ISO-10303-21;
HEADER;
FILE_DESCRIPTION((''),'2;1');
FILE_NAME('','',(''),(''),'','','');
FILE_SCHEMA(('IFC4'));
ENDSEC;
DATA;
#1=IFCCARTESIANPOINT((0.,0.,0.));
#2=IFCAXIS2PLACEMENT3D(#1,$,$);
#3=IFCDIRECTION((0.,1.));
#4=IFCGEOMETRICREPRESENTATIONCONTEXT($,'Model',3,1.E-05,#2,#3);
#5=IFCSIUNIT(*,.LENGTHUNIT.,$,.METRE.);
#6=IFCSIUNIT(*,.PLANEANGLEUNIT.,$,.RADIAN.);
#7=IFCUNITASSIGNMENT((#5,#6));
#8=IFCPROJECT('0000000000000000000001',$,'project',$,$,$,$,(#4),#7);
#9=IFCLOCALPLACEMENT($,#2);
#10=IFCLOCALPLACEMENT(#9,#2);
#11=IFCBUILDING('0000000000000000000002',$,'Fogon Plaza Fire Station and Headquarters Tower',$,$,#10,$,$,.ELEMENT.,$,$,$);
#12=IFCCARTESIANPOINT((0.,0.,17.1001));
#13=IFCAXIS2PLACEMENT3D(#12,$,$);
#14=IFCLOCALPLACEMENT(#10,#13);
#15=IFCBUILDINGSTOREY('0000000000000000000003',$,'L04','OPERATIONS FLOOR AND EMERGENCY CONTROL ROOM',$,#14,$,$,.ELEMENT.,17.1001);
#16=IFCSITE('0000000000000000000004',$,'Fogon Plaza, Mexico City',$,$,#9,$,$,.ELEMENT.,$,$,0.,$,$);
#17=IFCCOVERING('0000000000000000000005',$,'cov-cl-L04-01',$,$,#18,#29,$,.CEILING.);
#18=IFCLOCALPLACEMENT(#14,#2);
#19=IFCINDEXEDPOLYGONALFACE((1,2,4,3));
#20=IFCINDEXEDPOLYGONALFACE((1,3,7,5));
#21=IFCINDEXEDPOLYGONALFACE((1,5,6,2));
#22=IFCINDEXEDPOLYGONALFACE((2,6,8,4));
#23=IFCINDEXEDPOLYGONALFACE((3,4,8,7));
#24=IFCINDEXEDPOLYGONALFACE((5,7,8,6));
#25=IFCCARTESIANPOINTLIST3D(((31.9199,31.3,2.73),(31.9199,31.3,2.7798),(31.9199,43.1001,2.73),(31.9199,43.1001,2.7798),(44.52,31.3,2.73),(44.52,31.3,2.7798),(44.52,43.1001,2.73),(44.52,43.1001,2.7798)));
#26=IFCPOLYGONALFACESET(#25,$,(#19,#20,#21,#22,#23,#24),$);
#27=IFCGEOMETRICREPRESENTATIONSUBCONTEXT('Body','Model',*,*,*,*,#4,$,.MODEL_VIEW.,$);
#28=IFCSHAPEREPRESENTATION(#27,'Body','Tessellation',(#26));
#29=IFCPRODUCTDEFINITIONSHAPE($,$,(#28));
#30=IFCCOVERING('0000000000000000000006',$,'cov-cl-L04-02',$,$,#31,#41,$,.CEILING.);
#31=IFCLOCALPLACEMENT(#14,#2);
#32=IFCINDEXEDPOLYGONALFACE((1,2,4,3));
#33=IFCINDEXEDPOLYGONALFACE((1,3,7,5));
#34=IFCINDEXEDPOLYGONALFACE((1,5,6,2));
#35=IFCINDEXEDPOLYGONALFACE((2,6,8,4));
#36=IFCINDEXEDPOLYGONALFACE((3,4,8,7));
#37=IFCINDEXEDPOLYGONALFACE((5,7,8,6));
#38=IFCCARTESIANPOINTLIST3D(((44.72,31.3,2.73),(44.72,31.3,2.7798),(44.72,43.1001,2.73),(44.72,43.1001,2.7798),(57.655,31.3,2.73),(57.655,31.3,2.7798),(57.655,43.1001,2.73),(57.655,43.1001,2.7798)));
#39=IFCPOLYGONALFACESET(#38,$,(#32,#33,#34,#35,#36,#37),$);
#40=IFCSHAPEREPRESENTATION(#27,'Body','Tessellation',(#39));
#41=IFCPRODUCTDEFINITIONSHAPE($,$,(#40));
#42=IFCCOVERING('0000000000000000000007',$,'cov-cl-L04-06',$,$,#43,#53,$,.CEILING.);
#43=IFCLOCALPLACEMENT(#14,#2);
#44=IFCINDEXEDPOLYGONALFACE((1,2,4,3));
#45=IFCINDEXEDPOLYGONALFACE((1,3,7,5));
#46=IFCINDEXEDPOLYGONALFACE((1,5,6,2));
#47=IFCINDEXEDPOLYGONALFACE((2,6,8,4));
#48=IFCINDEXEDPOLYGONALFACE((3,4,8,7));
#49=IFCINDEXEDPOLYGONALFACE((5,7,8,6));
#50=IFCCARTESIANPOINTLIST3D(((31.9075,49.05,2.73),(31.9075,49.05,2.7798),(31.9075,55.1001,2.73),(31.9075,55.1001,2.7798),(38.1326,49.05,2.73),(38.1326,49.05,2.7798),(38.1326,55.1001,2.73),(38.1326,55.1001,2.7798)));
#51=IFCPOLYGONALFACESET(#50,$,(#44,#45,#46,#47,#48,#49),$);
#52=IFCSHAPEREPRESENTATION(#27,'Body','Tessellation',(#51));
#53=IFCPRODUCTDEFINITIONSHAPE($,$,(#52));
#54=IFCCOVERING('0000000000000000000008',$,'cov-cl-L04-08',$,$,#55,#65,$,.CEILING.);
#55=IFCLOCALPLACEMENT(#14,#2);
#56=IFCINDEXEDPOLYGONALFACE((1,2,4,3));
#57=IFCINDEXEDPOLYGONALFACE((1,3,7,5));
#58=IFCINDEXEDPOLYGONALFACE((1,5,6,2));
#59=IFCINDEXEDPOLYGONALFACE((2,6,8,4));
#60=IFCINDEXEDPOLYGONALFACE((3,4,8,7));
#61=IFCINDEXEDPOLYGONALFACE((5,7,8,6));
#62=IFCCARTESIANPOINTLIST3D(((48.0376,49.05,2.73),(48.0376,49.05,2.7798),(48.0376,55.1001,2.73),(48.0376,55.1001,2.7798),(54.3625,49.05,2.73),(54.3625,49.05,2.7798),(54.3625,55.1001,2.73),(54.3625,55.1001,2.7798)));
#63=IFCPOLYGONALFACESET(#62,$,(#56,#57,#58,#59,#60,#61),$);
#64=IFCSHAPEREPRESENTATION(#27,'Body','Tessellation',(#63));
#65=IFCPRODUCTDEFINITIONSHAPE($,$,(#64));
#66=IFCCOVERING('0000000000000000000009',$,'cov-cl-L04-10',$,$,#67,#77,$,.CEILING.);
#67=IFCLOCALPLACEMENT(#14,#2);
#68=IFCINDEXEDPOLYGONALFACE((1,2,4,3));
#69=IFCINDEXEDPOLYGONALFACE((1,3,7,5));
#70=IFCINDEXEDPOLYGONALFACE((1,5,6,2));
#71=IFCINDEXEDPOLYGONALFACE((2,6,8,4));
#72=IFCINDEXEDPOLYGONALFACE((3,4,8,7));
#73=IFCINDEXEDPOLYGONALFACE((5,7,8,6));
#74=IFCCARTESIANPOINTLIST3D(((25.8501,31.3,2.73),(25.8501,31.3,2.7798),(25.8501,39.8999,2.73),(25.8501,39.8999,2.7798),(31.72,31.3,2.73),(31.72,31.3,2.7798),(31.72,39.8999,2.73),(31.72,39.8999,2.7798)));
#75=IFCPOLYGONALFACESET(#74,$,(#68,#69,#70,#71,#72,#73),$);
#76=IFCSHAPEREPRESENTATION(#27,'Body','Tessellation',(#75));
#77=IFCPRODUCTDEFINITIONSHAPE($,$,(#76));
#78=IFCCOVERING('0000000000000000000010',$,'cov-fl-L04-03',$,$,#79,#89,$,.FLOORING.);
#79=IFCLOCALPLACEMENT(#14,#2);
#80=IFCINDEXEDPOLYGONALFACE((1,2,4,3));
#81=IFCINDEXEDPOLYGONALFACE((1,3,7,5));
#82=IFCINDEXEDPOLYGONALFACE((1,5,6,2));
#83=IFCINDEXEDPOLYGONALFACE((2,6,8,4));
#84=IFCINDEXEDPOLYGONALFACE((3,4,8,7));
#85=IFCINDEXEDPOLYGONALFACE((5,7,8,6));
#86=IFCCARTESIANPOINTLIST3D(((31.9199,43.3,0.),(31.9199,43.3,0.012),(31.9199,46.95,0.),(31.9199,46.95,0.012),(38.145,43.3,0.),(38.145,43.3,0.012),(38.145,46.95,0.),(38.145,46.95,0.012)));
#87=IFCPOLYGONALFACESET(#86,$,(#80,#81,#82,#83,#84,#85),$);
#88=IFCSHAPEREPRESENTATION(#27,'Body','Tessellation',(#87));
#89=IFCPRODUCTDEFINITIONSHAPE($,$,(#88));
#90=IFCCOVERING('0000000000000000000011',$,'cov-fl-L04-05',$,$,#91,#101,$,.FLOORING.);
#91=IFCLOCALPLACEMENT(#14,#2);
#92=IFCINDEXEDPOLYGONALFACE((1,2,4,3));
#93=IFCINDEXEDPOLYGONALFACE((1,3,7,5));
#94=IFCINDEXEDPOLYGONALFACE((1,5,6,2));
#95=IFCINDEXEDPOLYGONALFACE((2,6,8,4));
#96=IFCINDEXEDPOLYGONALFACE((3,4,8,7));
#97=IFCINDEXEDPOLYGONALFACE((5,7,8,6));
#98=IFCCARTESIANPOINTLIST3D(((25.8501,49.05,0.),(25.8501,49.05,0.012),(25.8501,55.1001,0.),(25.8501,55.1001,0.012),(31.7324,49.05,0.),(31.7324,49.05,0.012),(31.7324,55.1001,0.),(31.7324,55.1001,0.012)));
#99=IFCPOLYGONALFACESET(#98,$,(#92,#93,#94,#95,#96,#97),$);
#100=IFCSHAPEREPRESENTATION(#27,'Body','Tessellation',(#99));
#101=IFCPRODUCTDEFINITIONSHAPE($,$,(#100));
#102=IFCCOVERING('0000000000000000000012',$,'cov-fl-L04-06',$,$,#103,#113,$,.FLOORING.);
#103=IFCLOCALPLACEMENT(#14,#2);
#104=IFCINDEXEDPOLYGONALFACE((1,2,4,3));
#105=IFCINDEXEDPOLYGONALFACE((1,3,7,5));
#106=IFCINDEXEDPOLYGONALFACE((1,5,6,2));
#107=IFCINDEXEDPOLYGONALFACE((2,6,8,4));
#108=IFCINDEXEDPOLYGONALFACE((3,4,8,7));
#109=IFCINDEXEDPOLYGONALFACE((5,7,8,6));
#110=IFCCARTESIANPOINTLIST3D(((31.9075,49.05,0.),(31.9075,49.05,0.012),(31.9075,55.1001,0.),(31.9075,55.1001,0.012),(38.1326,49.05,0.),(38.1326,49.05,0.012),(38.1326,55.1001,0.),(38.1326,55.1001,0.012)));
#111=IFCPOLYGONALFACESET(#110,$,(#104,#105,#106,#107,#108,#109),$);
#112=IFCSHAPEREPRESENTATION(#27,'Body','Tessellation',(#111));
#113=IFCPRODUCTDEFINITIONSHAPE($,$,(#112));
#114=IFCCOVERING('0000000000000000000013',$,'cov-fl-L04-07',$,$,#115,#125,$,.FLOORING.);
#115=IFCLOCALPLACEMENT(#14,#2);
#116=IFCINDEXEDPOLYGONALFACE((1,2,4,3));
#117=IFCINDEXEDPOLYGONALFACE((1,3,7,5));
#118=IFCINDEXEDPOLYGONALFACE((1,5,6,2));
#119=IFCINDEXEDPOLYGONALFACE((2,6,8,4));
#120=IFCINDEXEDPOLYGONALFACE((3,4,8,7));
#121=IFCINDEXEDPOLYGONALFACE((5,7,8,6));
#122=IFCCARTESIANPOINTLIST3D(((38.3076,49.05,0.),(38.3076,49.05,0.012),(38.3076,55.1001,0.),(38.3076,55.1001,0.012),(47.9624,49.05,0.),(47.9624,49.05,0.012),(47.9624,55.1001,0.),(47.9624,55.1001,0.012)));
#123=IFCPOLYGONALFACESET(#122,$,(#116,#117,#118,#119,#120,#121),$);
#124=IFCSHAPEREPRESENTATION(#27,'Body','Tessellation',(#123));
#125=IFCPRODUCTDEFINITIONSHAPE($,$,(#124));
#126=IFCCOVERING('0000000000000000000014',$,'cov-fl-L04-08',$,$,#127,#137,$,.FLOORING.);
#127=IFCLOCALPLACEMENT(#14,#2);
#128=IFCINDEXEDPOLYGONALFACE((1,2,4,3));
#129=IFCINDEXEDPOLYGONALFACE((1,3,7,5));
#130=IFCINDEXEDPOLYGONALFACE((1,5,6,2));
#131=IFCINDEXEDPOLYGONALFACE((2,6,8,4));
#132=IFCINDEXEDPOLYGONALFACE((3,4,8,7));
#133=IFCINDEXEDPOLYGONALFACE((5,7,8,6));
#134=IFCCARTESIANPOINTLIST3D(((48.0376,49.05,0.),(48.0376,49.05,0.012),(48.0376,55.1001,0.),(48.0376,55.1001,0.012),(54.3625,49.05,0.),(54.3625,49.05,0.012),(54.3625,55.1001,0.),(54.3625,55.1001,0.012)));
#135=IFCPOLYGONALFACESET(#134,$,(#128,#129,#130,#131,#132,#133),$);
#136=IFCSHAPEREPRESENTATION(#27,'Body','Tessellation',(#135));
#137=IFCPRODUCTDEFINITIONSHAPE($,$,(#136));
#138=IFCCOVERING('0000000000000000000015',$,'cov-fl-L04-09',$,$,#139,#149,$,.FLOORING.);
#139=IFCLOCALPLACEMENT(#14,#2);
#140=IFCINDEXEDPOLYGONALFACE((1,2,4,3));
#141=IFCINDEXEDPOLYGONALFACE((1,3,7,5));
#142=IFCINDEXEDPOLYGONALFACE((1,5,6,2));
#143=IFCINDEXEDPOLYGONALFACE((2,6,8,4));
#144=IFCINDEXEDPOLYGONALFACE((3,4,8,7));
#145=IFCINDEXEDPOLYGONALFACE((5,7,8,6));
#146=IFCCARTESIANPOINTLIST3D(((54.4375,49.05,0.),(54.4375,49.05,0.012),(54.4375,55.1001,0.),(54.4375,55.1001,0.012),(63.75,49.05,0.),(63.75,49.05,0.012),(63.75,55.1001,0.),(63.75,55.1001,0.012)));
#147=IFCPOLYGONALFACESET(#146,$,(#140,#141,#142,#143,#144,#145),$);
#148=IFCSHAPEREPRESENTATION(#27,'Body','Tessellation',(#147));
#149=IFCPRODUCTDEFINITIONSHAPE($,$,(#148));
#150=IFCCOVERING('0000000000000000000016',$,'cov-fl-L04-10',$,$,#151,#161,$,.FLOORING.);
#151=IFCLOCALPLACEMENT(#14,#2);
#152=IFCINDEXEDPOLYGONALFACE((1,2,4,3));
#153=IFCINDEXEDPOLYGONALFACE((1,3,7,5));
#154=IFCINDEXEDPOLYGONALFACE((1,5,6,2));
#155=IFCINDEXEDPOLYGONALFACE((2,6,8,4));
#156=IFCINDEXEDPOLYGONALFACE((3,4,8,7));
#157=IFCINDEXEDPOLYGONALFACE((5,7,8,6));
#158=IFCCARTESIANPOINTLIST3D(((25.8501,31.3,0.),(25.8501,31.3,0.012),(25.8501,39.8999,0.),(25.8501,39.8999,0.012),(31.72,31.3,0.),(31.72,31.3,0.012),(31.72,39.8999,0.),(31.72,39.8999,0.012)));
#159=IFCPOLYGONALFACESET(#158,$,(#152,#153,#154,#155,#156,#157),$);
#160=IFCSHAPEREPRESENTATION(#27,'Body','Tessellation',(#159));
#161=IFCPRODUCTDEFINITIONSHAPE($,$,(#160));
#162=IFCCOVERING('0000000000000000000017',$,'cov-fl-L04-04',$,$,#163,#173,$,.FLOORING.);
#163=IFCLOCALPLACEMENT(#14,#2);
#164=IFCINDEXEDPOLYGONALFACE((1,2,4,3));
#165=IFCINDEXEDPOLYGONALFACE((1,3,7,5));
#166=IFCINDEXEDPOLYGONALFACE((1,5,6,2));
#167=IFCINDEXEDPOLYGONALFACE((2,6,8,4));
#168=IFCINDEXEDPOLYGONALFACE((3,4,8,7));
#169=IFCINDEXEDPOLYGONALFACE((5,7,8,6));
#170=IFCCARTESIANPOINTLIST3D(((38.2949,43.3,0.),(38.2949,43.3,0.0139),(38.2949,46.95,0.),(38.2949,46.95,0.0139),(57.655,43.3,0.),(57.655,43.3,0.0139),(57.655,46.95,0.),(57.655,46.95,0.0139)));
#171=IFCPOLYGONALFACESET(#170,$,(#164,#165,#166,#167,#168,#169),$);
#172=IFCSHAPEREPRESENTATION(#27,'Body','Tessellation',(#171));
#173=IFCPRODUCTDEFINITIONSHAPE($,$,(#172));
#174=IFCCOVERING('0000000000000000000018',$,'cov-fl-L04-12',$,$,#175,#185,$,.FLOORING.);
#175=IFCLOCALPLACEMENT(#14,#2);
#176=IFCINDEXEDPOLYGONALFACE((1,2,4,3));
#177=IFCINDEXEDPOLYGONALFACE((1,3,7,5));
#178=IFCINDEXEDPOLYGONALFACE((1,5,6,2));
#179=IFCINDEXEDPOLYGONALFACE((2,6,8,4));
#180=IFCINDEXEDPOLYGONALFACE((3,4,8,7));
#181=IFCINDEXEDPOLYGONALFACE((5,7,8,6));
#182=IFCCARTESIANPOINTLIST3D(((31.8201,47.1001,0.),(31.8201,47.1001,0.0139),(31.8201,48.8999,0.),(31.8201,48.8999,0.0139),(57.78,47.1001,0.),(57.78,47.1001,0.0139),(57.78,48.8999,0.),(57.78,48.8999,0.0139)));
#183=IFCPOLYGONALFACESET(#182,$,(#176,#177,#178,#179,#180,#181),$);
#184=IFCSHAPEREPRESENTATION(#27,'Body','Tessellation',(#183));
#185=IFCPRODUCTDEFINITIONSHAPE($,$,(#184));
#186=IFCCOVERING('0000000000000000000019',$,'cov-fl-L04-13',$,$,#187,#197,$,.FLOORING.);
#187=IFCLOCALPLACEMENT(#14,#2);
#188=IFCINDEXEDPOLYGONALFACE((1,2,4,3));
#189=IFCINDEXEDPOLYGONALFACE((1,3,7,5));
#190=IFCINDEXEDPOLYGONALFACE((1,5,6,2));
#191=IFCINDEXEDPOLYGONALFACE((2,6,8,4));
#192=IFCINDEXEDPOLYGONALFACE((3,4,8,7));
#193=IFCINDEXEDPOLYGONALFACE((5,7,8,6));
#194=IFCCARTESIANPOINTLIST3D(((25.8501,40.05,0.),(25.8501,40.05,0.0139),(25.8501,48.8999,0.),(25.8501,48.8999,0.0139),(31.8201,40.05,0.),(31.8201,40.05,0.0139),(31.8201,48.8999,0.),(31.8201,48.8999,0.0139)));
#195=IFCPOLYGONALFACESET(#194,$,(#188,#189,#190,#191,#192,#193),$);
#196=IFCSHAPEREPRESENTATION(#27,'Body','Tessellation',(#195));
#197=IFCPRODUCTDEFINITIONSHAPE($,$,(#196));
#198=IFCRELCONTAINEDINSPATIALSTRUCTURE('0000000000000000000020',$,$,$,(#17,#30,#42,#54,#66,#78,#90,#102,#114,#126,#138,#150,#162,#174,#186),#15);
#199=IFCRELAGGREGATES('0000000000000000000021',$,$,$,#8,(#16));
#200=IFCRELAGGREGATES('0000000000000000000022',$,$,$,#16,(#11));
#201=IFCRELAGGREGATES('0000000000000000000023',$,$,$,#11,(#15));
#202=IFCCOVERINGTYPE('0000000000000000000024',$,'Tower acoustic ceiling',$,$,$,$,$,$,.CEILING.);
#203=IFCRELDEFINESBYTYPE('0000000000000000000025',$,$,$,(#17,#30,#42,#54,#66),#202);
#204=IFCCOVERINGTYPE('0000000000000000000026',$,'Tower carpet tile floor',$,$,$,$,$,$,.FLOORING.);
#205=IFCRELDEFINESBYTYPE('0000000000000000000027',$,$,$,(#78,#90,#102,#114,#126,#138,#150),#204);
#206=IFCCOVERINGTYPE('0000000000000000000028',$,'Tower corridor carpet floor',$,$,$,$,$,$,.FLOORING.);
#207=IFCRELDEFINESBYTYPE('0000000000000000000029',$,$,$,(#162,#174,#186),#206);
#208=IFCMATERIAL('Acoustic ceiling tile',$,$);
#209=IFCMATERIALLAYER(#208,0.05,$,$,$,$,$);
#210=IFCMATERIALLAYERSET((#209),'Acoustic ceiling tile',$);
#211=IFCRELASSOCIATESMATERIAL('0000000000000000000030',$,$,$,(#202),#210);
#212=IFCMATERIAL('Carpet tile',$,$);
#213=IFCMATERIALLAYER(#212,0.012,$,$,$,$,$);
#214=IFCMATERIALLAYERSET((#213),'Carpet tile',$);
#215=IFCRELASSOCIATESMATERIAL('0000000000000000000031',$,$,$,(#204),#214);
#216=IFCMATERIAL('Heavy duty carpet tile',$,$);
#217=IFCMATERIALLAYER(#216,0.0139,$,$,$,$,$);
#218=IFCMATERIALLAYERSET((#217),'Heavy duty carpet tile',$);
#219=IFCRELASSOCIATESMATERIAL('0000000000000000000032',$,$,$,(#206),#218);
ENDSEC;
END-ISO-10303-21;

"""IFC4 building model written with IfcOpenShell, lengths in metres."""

from ifc_helpers import new_model, si_unit, direction, frame, origin, place, context, subcontext, project, spatial, polyline, outline, extrude, material, layer, layer_set, type_object, element, save


model = new_model("IFC4")

# Units and contexts
model_context = context("Model", 3, precision=1e-05, world=origin(), true_north=direction((0.0, 1.0)))
body_context = subcontext(model_context, "Body", "Model", "MODEL_VIEW")
ifc_project = project(units=[si_unit("LENGTHUNIT", "METRE"), si_unit("PLANEANGLEUNIT", "RADIAN")], contexts=[model_context])

# Site, building, storey
site_placement = place(None, origin())
site = spatial("IfcSite", under=ifc_project, at=site_placement, Name="Fogon Plaza, Mexico City", CompositionType="ELEMENT", RefElevation=0.0)
building_placement = place(site_placement, origin())
building = spatial("IfcBuilding", under=site, at=building_placement, Name="Fogon Plaza Fire Station and Headquarters Tower", CompositionType="ELEMENT")
storey_placement = place(building_placement, frame((0.0, 0.0, 17.1001)))
storey = spatial("IfcBuildingStorey", under=building, at=storey_placement, Name="L04", Description="OPERATIONS FLOOR AND EMERGENCY CONTROL ROOM", CompositionType="ELEMENT", Elevation=17.1001)

# Coverings
ifc_material_1 = material(Name="Acoustic ceiling tile")
ifc_layer_1 = layer(ifc_material_1, 0.05)
ifc_layer_set_1 = layer_set([ifc_layer_1], Name="Acoustic ceiling tile")
covering_type_1 = type_object("IfcCoveringType", Name="Tower acoustic ceiling", PredefinedType="CEILING", material=ifc_layer_set_1)
covering_1_placement = place(storey_placement, frame((0.0, 0.0, 2.73)))
element("IfcCovering", 1, at=covering_1_placement, inside=storey, type_object=covering_type_1, Name="cov-cl-L04-01", PredefinedType="CEILING", context=body_context, shape_type="SweptSolid", body=[
    extrude(outline(polyline([(44.52, 31.3), (44.52, 43.1001), (31.9199, 43.1001), (31.9199, 31.3), (44.52, 31.3)])), origin(), (0.0, 0.0, 1.0), 0.0498),
])
covering_2_placement = place(storey_placement, frame((0.0, 0.0, 2.73)))
element("IfcCovering", 2, at=covering_2_placement, inside=storey, type_object=covering_type_1, Name="cov-cl-L04-02", PredefinedType="CEILING", context=body_context, shape_type="SweptSolid", body=[
    extrude(outline(polyline([(57.655, 31.3), (57.655, 43.1001), (44.72, 43.1001), (44.72, 31.3), (57.655, 31.3)])), origin(), (0.0, 0.0, 1.0), 0.0498),
])
covering_3_placement = place(storey_placement, frame((0.0, 0.0, 2.73)))
element("IfcCovering", 3, at=covering_3_placement, inside=storey, type_object=covering_type_1, Name="cov-cl-L04-06", PredefinedType="CEILING", context=body_context, shape_type="SweptSolid", body=[
    extrude(outline(polyline([(38.1326, 49.05), (38.1326, 55.1001), (31.9075, 55.1001), (31.9075, 49.05), (38.1326, 49.05)])), origin(), (0.0, 0.0, 1.0), 0.0498),
])
covering_4_placement = place(storey_placement, frame((0.0, 0.0, 2.73)))
element("IfcCovering", 4, at=covering_4_placement, inside=storey, type_object=covering_type_1, Name="cov-cl-L04-08", PredefinedType="CEILING", context=body_context, shape_type="SweptSolid", body=[
    extrude(outline(polyline([(54.3625, 49.05), (54.3625, 55.1001), (48.0376, 55.1001), (48.0376, 49.05), (54.3625, 49.05)])), origin(), (0.0, 0.0, 1.0), 0.0498),
])
covering_5_placement = place(storey_placement, frame((0.0, 0.0, 2.73)))
element("IfcCovering", 5, at=covering_5_placement, inside=storey, type_object=covering_type_1, Name="cov-cl-L04-10", PredefinedType="CEILING", context=body_context, shape_type="SweptSolid", body=[
    extrude(outline(polyline([(31.72, 31.3), (31.72, 39.8999), (25.8501, 39.8999), (25.8501, 31.3), (31.72, 31.3)])), origin(), (0.0, 0.0, 1.0), 0.0498),
])
ifc_material_2 = material(Name="Carpet tile")
ifc_layer_2 = layer(ifc_material_2, 0.012)
ifc_layer_set_2 = layer_set([ifc_layer_2], Name="Carpet tile")
covering_type_2 = type_object("IfcCoveringType", Name="Tower carpet tile floor", PredefinedType="FLOORING", material=ifc_layer_set_2)
covering_6_placement = place(storey_placement, origin())
element("IfcCovering", 6, at=covering_6_placement, inside=storey, type_object=covering_type_2, Name="cov-fl-L04-03", PredefinedType="FLOORING", context=body_context, shape_type="SweptSolid", body=[
    extrude(outline(polyline([(38.145, 43.3), (38.145, 46.95), (31.9199, 46.95), (31.9199, 43.3), (38.145, 43.3)])), origin(), (0.0, 0.0, 1.0), 0.012),
])
covering_7_placement = place(storey_placement, origin())
element("IfcCovering", 7, at=covering_7_placement, inside=storey, type_object=covering_type_2, Name="cov-fl-L04-05", PredefinedType="FLOORING", context=body_context, shape_type="SweptSolid", body=[
    extrude(outline(polyline([(31.7324, 49.05), (31.7324, 55.1001), (25.8501, 55.1001), (25.8501, 49.05), (31.7324, 49.05)])), origin(), (0.0, 0.0, 1.0), 0.012),
])
covering_8_placement = place(storey_placement, origin())
element("IfcCovering", 8, at=covering_8_placement, inside=storey, type_object=covering_type_2, Name="cov-fl-L04-06", PredefinedType="FLOORING", context=body_context, shape_type="SweptSolid", body=[
    extrude(outline(polyline([(38.1326, 49.05), (38.1326, 55.1001), (31.9075, 55.1001), (31.9075, 49.05), (38.1326, 49.05)])), origin(), (0.0, 0.0, 1.0), 0.012),
])
covering_9_placement = place(storey_placement, origin())
element("IfcCovering", 9, at=covering_9_placement, inside=storey, type_object=covering_type_2, Name="cov-fl-L04-07", PredefinedType="FLOORING", context=body_context, shape_type="SweptSolid", body=[
    extrude(outline(polyline([(47.9624, 49.05), (47.9624, 55.1001), (38.3076, 55.1001), (38.3076, 49.05), (47.9624, 49.05)])), origin(), (0.0, 0.0, 1.0), 0.012),
])
covering_10_placement = place(storey_placement, origin())
element("IfcCovering", 10, at=covering_10_placement, inside=storey, type_object=covering_type_2, Name="cov-fl-L04-08", PredefinedType="FLOORING", context=body_context, shape_type="SweptSolid", body=[
    extrude(outline(polyline([(54.3625, 49.05), (54.3625, 55.1001), (48.0376, 55.1001), (48.0376, 49.05), (54.3625, 49.05)])), origin(), (0.0, 0.0, 1.0), 0.012),
])
covering_11_placement = place(storey_placement, origin())
element("IfcCovering", 11, at=covering_11_placement, inside=storey, type_object=covering_type_2, Name="cov-fl-L04-09", PredefinedType="FLOORING", context=body_context, shape_type="SweptSolid", body=[
    extrude(outline(polyline([(63.75, 49.05), (63.75, 55.1001), (54.4375, 55.1001), (54.4375, 49.05), (63.75, 49.05)])), origin(), (0.0, 0.0, 1.0), 0.012),
])
covering_12_placement = place(storey_placement, origin())
element("IfcCovering", 12, at=covering_12_placement, inside=storey, type_object=covering_type_2, Name="cov-fl-L04-10", PredefinedType="FLOORING", context=body_context, shape_type="SweptSolid", body=[
    extrude(outline(polyline([(31.72, 31.3), (31.72, 39.8999), (25.8501, 39.8999), (25.8501, 31.3), (31.72, 31.3)])), origin(), (0.0, 0.0, 1.0), 0.012),
])
ifc_material_3 = material(Name="Heavy duty carpet tile")
ifc_layer_3 = layer(ifc_material_3, 0.0139)
ifc_layer_set_3 = layer_set([ifc_layer_3], Name="Heavy duty carpet tile")
covering_type_3 = type_object("IfcCoveringType", Name="Tower corridor carpet floor", PredefinedType="FLOORING", material=ifc_layer_set_3)
covering_13_placement = place(storey_placement, origin())
element("IfcCovering", 13, at=covering_13_placement, inside=storey, type_object=covering_type_3, Name="cov-fl-L04-04", PredefinedType="FLOORING", context=body_context, shape_type="SweptSolid", body=[
    extrude(outline(polyline([(57.655, 43.3), (57.655, 46.95), (38.2949, 46.95), (38.2949, 43.3), (57.655, 43.3)])), origin(), (0.0, 0.0, 1.0), 0.0139),
])
covering_14_placement = place(storey_placement, origin())
element("IfcCovering", 14, at=covering_14_placement, inside=storey, type_object=covering_type_3, Name="cov-fl-L04-12", PredefinedType="FLOORING", context=body_context, shape_type="SweptSolid", body=[
    extrude(outline(polyline([(57.78, 47.1001), (57.78, 48.8999), (31.8201, 48.8999), (31.8201, 47.1001), (57.78, 47.1001)])), origin(), (0.0, 0.0, 1.0), 0.0139),
])
covering_15_placement = place(storey_placement, origin())
element("IfcCovering", 15, at=covering_15_placement, inside=storey, type_object=covering_type_3, Name="cov-fl-L04-13", PredefinedType="FLOORING", context=body_context, shape_type="SweptSolid", body=[
    extrude(outline(polyline([(31.8201, 40.05), (31.8201, 48.8999), (25.8501, 48.8999), (25.8501, 40.05), (31.8201, 40.05)])), origin(), (0.0, 0.0, 1.0), 0.0139),
])

save(model, "model.ifc")
